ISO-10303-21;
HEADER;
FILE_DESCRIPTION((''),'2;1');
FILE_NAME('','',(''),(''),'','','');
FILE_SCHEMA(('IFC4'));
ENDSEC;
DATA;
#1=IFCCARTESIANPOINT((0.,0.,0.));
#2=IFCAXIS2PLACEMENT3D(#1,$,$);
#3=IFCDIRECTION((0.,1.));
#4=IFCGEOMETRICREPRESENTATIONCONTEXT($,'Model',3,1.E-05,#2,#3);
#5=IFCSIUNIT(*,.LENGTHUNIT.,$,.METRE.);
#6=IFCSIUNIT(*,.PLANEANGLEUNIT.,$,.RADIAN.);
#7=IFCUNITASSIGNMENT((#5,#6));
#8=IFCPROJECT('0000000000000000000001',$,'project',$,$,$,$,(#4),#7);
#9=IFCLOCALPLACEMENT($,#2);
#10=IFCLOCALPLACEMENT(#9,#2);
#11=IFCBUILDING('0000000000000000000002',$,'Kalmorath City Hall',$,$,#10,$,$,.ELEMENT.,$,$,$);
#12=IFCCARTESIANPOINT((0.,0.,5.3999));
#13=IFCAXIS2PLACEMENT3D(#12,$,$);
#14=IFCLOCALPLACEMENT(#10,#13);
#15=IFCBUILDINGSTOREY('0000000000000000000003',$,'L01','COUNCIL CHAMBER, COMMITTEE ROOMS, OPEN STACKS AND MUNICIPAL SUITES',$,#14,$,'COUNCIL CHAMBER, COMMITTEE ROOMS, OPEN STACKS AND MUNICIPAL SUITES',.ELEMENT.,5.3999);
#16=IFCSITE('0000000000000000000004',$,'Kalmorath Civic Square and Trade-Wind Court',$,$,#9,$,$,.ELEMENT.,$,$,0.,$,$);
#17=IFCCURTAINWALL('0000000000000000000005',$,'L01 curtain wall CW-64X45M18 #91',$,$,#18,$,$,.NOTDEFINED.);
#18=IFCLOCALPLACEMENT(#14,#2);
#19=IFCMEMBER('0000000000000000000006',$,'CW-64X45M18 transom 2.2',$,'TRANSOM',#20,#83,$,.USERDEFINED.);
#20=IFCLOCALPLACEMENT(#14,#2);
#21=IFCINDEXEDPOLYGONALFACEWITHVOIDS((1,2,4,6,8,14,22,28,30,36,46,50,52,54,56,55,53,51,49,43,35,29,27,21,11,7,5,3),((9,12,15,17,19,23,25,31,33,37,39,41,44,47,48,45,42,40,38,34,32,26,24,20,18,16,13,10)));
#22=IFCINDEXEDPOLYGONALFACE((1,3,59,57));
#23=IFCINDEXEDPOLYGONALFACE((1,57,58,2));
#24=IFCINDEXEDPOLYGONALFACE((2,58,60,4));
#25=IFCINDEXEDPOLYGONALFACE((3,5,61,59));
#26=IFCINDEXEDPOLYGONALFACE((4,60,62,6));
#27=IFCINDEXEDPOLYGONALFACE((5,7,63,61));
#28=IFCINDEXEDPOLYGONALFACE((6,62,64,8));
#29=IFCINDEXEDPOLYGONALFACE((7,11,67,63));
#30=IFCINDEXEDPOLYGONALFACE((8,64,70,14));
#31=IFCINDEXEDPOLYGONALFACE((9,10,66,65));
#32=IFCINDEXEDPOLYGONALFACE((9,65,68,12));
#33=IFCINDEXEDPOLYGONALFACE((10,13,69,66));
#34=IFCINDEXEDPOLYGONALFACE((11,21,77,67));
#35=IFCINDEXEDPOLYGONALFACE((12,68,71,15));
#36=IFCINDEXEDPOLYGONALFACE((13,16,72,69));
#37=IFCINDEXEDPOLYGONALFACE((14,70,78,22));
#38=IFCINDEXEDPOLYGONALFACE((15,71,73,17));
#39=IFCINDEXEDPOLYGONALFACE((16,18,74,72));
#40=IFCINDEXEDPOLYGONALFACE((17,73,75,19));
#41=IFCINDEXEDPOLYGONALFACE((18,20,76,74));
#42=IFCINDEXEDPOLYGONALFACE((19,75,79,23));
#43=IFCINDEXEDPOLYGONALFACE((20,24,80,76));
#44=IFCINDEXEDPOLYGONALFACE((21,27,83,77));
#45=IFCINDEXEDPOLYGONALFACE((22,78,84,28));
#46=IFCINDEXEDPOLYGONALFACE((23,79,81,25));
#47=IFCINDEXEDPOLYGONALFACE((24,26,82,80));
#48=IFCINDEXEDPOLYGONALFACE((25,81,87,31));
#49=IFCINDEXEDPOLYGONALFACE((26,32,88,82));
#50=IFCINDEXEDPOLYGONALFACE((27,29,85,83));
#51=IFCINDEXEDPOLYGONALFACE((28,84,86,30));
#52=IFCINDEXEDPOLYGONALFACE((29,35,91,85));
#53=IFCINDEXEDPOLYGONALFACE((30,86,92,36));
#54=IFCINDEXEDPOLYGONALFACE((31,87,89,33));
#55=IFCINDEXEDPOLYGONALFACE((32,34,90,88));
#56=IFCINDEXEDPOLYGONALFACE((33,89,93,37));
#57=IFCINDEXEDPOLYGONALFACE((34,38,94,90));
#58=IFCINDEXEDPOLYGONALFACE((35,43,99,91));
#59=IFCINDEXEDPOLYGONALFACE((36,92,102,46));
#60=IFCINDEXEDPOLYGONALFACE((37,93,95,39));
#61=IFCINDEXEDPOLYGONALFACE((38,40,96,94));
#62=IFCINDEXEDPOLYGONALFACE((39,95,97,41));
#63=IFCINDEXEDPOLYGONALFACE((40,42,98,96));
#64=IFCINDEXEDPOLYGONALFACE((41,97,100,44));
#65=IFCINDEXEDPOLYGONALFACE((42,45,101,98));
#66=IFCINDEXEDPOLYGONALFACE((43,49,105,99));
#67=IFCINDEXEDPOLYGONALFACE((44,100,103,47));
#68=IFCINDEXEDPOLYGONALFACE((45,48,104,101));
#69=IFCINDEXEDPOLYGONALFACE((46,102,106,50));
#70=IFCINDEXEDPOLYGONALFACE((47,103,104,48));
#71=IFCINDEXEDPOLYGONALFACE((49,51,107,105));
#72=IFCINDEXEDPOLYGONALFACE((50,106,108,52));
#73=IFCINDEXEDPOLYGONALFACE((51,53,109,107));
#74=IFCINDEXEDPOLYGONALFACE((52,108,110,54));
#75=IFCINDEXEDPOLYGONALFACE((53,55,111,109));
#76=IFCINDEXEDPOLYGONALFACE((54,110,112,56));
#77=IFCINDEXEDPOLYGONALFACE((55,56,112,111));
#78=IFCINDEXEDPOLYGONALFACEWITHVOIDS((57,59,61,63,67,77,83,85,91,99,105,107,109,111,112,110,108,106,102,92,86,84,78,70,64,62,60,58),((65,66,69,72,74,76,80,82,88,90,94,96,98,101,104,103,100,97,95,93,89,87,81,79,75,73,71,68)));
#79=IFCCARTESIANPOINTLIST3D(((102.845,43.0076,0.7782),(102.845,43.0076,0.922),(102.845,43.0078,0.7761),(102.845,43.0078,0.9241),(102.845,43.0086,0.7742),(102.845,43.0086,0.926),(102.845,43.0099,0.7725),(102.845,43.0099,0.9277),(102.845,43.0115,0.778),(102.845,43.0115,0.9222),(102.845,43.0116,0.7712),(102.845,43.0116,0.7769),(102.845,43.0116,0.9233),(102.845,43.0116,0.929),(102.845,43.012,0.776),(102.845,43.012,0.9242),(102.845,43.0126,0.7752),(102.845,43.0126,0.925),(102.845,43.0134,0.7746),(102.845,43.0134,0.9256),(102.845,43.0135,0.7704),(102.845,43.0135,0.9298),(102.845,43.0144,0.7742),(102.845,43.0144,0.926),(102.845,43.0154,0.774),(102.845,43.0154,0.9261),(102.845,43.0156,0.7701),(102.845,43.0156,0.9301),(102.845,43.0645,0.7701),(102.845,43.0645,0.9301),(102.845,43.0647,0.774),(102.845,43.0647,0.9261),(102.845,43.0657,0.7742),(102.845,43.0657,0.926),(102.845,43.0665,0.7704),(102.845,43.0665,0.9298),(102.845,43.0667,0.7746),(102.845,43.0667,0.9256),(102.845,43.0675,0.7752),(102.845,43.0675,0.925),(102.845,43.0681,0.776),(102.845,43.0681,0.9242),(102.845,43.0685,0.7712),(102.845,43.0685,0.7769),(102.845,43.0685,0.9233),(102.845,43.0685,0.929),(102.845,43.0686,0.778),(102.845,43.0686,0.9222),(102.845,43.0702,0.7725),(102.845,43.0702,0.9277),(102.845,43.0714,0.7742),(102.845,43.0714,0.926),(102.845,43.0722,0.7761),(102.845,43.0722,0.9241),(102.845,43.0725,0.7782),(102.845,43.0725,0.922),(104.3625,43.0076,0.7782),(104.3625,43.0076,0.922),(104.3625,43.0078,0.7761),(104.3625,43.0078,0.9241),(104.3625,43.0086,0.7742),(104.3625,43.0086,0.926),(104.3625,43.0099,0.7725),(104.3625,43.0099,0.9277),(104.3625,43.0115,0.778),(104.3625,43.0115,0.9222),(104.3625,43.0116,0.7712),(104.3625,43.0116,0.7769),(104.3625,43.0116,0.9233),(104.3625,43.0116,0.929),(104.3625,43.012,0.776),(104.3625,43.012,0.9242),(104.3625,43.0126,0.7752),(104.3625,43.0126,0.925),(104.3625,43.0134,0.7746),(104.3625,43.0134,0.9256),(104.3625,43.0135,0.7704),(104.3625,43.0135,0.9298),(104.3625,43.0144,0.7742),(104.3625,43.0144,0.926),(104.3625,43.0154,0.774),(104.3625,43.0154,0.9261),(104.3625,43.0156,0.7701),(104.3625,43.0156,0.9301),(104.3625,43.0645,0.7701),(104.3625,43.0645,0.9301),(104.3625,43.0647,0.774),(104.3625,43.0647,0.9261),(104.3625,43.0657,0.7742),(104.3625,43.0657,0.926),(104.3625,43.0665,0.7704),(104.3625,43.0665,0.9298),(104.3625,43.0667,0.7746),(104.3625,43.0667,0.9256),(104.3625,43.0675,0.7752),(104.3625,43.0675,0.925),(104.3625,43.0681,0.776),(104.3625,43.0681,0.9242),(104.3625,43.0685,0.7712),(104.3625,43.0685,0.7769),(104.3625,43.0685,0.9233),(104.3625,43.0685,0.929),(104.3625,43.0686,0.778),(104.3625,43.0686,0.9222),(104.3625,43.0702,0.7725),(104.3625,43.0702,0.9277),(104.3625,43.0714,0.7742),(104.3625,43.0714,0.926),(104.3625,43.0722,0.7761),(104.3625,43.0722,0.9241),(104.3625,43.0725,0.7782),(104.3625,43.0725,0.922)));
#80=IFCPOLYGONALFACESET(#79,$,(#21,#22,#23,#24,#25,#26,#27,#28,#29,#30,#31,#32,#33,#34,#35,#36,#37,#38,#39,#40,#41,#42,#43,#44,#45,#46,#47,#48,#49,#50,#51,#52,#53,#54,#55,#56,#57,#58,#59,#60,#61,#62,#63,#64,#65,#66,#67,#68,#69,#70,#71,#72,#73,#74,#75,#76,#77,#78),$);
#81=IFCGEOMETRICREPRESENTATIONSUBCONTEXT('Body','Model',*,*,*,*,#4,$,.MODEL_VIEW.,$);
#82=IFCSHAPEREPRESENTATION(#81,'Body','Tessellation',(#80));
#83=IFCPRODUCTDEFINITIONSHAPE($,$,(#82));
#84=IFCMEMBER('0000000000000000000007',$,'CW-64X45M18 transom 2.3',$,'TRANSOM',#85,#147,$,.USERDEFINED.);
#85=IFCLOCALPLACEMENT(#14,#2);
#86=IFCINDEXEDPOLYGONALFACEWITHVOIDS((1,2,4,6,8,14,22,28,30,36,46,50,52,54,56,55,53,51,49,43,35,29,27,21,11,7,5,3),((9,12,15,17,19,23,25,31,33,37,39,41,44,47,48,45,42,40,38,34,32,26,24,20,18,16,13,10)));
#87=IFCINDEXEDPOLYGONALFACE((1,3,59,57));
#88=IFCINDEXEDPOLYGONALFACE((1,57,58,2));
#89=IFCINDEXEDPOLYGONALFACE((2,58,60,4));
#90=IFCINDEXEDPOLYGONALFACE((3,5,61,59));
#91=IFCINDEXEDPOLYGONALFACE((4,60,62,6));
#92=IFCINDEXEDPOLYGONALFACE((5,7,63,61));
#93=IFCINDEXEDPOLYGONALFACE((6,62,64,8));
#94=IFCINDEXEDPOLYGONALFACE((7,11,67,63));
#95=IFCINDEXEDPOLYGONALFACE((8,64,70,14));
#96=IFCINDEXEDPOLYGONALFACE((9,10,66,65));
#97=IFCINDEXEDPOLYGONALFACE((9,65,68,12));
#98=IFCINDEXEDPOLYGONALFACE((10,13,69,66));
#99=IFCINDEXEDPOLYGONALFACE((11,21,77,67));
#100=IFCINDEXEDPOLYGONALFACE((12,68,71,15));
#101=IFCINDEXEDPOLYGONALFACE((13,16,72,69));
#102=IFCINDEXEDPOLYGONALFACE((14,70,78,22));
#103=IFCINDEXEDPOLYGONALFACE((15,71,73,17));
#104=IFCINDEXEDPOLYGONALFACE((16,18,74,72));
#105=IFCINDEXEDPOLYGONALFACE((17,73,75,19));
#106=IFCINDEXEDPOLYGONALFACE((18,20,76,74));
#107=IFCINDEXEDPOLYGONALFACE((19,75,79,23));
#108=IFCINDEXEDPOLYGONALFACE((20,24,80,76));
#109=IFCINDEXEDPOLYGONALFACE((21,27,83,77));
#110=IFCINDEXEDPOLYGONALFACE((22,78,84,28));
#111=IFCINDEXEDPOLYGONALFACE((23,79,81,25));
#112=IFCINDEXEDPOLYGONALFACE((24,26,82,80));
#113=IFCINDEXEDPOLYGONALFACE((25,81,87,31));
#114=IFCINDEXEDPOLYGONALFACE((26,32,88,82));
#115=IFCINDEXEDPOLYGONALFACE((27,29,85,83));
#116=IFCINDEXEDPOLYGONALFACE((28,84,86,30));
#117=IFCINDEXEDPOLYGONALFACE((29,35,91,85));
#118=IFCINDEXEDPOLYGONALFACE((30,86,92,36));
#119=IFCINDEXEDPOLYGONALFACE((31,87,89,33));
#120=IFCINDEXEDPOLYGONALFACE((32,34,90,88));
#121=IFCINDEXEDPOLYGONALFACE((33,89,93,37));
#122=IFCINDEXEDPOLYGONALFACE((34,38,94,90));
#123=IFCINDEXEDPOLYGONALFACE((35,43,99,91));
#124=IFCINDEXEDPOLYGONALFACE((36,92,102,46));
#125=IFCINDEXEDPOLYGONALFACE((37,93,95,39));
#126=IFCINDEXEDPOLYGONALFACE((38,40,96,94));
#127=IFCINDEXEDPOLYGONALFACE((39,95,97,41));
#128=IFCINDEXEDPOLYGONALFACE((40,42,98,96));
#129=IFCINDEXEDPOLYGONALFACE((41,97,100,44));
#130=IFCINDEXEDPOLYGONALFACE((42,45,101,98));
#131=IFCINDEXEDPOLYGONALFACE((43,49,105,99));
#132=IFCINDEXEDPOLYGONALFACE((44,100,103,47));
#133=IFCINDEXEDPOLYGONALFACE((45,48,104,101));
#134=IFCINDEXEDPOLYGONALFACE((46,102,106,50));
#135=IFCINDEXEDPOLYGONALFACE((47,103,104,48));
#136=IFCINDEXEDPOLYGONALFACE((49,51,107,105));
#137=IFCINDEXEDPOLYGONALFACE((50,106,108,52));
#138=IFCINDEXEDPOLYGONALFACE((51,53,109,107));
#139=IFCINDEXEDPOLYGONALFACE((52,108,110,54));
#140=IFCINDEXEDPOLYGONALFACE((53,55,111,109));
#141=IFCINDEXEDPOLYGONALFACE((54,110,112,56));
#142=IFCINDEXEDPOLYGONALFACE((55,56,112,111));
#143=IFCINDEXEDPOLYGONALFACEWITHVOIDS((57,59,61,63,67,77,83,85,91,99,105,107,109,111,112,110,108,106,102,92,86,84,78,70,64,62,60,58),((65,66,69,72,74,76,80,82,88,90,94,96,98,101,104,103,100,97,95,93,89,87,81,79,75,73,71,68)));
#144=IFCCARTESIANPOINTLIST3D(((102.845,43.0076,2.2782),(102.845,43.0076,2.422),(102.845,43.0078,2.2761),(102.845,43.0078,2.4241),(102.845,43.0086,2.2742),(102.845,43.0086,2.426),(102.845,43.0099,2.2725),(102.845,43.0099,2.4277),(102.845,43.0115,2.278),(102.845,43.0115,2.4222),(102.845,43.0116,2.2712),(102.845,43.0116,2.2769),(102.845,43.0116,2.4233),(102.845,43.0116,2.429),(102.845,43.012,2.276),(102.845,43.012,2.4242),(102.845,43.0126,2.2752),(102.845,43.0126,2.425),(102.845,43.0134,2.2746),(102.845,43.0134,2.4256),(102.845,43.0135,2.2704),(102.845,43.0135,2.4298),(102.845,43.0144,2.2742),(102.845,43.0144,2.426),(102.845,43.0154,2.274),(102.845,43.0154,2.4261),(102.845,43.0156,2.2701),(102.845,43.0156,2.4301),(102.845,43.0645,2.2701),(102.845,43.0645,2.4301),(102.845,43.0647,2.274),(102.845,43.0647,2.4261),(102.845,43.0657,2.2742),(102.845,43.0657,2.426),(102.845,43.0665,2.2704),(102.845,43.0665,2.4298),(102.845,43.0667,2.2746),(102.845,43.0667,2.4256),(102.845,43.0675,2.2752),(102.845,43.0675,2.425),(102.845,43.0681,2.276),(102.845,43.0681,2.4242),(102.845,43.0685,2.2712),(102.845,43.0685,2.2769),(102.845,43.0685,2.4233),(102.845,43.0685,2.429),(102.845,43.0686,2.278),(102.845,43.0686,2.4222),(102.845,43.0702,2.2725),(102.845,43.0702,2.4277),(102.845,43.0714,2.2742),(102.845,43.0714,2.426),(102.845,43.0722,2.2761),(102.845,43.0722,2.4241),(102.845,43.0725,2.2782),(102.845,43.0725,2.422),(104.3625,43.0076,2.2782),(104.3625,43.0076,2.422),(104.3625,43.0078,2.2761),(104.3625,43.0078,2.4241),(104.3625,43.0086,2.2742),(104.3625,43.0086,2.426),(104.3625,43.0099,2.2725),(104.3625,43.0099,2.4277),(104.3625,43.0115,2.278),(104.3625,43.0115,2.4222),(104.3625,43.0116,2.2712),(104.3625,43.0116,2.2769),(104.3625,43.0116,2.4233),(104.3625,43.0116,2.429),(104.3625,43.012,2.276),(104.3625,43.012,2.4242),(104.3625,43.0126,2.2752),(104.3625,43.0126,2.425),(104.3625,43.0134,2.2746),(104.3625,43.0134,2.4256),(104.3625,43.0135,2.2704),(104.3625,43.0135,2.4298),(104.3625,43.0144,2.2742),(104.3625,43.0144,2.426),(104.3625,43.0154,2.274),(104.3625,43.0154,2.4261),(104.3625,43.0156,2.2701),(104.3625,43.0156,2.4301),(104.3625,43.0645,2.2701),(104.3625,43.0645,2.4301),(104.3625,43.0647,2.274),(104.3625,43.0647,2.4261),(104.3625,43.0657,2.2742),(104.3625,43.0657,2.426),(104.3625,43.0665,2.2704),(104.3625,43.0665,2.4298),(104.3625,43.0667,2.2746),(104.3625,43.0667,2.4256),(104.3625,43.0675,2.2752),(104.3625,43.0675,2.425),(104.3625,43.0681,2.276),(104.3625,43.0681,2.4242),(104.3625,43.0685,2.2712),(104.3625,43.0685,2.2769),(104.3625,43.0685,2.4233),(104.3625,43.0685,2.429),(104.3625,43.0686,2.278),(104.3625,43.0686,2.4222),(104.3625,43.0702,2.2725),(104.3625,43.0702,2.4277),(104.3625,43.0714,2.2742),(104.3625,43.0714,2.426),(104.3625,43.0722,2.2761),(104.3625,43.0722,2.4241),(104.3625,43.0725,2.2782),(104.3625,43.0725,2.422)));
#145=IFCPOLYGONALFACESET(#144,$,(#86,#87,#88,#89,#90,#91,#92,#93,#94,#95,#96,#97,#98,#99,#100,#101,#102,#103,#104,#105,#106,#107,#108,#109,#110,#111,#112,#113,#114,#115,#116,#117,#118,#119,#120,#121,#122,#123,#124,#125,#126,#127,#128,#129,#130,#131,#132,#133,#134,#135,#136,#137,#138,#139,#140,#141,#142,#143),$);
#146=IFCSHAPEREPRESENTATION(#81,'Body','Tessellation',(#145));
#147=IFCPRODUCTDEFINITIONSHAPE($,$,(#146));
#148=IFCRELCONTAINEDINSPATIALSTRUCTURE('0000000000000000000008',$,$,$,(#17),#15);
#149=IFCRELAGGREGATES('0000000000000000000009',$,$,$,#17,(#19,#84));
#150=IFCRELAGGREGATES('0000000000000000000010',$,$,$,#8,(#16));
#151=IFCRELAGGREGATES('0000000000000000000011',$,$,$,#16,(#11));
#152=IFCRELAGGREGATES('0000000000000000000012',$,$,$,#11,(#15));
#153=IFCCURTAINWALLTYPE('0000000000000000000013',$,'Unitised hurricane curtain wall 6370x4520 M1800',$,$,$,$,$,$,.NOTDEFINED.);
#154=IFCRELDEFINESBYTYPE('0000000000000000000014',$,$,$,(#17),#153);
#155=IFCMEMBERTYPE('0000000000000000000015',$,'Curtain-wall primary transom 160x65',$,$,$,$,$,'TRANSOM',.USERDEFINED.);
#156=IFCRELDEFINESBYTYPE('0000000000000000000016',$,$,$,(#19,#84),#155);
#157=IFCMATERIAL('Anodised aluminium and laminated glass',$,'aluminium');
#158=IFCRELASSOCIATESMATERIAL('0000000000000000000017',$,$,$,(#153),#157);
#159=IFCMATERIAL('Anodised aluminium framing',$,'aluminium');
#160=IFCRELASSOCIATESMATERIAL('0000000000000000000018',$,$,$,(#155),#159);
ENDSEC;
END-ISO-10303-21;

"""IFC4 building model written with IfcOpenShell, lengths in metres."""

from ifc_helpers import new_model, si_unit, direction, frame, origin, origin_2d, place, context, subcontext, project, spatial, hollow_rectangle, extrude, material, material_profile, profile_set, type_object, element, aggregate, save


model = new_model("IFC4")

# Units and contexts
model_context = context("Model", 3, precision=1e-05, world=origin(), true_north=direction((0.0, 1.0)))
body_context = subcontext(model_context, "Body", "Model", "MODEL_VIEW")
ifc_project = project(units=[si_unit("LENGTHUNIT", "METRE"), si_unit("PLANEANGLEUNIT", "RADIAN")], contexts=[model_context])

# Site, building, storey
site_placement = place(None, origin())
site = spatial("IfcSite", under=ifc_project, at=site_placement, Name="Kalmorath Civic Square and Trade-Wind Court", CompositionType="ELEMENT", RefElevation=0.0)
building_placement = place(site_placement, origin())
building = spatial("IfcBuilding", under=site, at=building_placement, Name="Kalmorath City Hall", CompositionType="ELEMENT")
storey_placement = place(building_placement, frame((0.0, 0.0, 5.3999)))
storey = spatial("IfcBuildingStorey", under=building, at=storey_placement, Name="L01", Description="COUNCIL CHAMBER, COMMITTEE ROOMS, OPEN STACKS AND MUNICIPAL SUITES", LongName="COUNCIL CHAMBER, COMMITTEE ROOMS, OPEN STACKS AND MUNICIPAL SUITES", CompositionType="ELEMENT", Elevation=5.3999)

# Curtain wall, members
ifc_material_1 = material(Name="Anodised aluminium and laminated glass", Category="aluminium")
curtain_wall_type = type_object("IfcCurtainWallType", Name="Unitised hurricane curtain wall 6370x4520 M1800", PredefinedType="NOTDEFINED", material=ifc_material_1)
curtain_wall_placement = place(storey_placement, origin())
curtain_wall = element("IfcCurtainWall", 1, at=curtain_wall_placement, inside=storey, type_object=curtain_wall_type, Name="L01 curtain wall CW-64X45M18 #91", PredefinedType="NOTDEFINED")
ifc_material_2 = material(Name="Anodised aluminium framing", Category="aluminium")
ifc_material_profile_1 = material_profile(ifc_material_2, hollow_rectangle(XDim=0.0649, YDim=0.1599, WallThickness=0.0039, InnerFilletRadius=0.0039, OuterFilletRadius=0.0081, at=origin_2d()), Name="ALU-TRN-160X65X4")
ifc_profile_set_1 = profile_set([ifc_material_profile_1], Name="Anodised aluminium framing")
member_type_1 = type_object("IfcMemberType", Name="Curtain-wall primary transom 160x65", ElementType="TRANSOM", PredefinedType="USERDEFINED", material=ifc_profile_set_1)
member_1_placement = place(storey_placement, frame((102.845, 43.04, 0.8501), z_axis=(1.0, 0.0, 0.0), x_axis=(0.0, 1.0, 0.0)))
member_1 = element("IfcMember", 2, at=member_1_placement, type_object=member_type_1, Name="CW-64X45M18 transom 2.2", ObjectType="TRANSOM", PredefinedType="USERDEFINED", context=body_context, shape_type="SweptSolid", body=[
    extrude(hollow_rectangle(XDim=0.0649, YDim=0.1599, WallThickness=0.0039, InnerFilletRadius=0.0039, OuterFilletRadius=0.0081, at=origin_2d()), origin(), (0.0, 0.0, 1.0), 1.5176),
])
member_2_placement = place(storey_placement, frame((102.845, 43.04, 2.3501), z_axis=(1.0, 0.0, 0.0), x_axis=(0.0, 1.0, 0.0)))
member_2 = element("IfcMember", 3, at=member_2_placement, type_object=member_type_1, Name="CW-64X45M18 transom 2.3", ObjectType="TRANSOM", PredefinedType="USERDEFINED", context=body_context, shape_type="SweptSolid", body=[
    extrude(hollow_rectangle(XDim=0.0649, YDim=0.1599, WallThickness=0.0039, InnerFilletRadius=0.0039, OuterFilletRadius=0.0081, at=origin_2d()), origin(), (0.0, 0.0, 1.0), 1.5176),
])
aggregate(curtain_wall, [member_1, member_2])

save(model, "model.ifc")
